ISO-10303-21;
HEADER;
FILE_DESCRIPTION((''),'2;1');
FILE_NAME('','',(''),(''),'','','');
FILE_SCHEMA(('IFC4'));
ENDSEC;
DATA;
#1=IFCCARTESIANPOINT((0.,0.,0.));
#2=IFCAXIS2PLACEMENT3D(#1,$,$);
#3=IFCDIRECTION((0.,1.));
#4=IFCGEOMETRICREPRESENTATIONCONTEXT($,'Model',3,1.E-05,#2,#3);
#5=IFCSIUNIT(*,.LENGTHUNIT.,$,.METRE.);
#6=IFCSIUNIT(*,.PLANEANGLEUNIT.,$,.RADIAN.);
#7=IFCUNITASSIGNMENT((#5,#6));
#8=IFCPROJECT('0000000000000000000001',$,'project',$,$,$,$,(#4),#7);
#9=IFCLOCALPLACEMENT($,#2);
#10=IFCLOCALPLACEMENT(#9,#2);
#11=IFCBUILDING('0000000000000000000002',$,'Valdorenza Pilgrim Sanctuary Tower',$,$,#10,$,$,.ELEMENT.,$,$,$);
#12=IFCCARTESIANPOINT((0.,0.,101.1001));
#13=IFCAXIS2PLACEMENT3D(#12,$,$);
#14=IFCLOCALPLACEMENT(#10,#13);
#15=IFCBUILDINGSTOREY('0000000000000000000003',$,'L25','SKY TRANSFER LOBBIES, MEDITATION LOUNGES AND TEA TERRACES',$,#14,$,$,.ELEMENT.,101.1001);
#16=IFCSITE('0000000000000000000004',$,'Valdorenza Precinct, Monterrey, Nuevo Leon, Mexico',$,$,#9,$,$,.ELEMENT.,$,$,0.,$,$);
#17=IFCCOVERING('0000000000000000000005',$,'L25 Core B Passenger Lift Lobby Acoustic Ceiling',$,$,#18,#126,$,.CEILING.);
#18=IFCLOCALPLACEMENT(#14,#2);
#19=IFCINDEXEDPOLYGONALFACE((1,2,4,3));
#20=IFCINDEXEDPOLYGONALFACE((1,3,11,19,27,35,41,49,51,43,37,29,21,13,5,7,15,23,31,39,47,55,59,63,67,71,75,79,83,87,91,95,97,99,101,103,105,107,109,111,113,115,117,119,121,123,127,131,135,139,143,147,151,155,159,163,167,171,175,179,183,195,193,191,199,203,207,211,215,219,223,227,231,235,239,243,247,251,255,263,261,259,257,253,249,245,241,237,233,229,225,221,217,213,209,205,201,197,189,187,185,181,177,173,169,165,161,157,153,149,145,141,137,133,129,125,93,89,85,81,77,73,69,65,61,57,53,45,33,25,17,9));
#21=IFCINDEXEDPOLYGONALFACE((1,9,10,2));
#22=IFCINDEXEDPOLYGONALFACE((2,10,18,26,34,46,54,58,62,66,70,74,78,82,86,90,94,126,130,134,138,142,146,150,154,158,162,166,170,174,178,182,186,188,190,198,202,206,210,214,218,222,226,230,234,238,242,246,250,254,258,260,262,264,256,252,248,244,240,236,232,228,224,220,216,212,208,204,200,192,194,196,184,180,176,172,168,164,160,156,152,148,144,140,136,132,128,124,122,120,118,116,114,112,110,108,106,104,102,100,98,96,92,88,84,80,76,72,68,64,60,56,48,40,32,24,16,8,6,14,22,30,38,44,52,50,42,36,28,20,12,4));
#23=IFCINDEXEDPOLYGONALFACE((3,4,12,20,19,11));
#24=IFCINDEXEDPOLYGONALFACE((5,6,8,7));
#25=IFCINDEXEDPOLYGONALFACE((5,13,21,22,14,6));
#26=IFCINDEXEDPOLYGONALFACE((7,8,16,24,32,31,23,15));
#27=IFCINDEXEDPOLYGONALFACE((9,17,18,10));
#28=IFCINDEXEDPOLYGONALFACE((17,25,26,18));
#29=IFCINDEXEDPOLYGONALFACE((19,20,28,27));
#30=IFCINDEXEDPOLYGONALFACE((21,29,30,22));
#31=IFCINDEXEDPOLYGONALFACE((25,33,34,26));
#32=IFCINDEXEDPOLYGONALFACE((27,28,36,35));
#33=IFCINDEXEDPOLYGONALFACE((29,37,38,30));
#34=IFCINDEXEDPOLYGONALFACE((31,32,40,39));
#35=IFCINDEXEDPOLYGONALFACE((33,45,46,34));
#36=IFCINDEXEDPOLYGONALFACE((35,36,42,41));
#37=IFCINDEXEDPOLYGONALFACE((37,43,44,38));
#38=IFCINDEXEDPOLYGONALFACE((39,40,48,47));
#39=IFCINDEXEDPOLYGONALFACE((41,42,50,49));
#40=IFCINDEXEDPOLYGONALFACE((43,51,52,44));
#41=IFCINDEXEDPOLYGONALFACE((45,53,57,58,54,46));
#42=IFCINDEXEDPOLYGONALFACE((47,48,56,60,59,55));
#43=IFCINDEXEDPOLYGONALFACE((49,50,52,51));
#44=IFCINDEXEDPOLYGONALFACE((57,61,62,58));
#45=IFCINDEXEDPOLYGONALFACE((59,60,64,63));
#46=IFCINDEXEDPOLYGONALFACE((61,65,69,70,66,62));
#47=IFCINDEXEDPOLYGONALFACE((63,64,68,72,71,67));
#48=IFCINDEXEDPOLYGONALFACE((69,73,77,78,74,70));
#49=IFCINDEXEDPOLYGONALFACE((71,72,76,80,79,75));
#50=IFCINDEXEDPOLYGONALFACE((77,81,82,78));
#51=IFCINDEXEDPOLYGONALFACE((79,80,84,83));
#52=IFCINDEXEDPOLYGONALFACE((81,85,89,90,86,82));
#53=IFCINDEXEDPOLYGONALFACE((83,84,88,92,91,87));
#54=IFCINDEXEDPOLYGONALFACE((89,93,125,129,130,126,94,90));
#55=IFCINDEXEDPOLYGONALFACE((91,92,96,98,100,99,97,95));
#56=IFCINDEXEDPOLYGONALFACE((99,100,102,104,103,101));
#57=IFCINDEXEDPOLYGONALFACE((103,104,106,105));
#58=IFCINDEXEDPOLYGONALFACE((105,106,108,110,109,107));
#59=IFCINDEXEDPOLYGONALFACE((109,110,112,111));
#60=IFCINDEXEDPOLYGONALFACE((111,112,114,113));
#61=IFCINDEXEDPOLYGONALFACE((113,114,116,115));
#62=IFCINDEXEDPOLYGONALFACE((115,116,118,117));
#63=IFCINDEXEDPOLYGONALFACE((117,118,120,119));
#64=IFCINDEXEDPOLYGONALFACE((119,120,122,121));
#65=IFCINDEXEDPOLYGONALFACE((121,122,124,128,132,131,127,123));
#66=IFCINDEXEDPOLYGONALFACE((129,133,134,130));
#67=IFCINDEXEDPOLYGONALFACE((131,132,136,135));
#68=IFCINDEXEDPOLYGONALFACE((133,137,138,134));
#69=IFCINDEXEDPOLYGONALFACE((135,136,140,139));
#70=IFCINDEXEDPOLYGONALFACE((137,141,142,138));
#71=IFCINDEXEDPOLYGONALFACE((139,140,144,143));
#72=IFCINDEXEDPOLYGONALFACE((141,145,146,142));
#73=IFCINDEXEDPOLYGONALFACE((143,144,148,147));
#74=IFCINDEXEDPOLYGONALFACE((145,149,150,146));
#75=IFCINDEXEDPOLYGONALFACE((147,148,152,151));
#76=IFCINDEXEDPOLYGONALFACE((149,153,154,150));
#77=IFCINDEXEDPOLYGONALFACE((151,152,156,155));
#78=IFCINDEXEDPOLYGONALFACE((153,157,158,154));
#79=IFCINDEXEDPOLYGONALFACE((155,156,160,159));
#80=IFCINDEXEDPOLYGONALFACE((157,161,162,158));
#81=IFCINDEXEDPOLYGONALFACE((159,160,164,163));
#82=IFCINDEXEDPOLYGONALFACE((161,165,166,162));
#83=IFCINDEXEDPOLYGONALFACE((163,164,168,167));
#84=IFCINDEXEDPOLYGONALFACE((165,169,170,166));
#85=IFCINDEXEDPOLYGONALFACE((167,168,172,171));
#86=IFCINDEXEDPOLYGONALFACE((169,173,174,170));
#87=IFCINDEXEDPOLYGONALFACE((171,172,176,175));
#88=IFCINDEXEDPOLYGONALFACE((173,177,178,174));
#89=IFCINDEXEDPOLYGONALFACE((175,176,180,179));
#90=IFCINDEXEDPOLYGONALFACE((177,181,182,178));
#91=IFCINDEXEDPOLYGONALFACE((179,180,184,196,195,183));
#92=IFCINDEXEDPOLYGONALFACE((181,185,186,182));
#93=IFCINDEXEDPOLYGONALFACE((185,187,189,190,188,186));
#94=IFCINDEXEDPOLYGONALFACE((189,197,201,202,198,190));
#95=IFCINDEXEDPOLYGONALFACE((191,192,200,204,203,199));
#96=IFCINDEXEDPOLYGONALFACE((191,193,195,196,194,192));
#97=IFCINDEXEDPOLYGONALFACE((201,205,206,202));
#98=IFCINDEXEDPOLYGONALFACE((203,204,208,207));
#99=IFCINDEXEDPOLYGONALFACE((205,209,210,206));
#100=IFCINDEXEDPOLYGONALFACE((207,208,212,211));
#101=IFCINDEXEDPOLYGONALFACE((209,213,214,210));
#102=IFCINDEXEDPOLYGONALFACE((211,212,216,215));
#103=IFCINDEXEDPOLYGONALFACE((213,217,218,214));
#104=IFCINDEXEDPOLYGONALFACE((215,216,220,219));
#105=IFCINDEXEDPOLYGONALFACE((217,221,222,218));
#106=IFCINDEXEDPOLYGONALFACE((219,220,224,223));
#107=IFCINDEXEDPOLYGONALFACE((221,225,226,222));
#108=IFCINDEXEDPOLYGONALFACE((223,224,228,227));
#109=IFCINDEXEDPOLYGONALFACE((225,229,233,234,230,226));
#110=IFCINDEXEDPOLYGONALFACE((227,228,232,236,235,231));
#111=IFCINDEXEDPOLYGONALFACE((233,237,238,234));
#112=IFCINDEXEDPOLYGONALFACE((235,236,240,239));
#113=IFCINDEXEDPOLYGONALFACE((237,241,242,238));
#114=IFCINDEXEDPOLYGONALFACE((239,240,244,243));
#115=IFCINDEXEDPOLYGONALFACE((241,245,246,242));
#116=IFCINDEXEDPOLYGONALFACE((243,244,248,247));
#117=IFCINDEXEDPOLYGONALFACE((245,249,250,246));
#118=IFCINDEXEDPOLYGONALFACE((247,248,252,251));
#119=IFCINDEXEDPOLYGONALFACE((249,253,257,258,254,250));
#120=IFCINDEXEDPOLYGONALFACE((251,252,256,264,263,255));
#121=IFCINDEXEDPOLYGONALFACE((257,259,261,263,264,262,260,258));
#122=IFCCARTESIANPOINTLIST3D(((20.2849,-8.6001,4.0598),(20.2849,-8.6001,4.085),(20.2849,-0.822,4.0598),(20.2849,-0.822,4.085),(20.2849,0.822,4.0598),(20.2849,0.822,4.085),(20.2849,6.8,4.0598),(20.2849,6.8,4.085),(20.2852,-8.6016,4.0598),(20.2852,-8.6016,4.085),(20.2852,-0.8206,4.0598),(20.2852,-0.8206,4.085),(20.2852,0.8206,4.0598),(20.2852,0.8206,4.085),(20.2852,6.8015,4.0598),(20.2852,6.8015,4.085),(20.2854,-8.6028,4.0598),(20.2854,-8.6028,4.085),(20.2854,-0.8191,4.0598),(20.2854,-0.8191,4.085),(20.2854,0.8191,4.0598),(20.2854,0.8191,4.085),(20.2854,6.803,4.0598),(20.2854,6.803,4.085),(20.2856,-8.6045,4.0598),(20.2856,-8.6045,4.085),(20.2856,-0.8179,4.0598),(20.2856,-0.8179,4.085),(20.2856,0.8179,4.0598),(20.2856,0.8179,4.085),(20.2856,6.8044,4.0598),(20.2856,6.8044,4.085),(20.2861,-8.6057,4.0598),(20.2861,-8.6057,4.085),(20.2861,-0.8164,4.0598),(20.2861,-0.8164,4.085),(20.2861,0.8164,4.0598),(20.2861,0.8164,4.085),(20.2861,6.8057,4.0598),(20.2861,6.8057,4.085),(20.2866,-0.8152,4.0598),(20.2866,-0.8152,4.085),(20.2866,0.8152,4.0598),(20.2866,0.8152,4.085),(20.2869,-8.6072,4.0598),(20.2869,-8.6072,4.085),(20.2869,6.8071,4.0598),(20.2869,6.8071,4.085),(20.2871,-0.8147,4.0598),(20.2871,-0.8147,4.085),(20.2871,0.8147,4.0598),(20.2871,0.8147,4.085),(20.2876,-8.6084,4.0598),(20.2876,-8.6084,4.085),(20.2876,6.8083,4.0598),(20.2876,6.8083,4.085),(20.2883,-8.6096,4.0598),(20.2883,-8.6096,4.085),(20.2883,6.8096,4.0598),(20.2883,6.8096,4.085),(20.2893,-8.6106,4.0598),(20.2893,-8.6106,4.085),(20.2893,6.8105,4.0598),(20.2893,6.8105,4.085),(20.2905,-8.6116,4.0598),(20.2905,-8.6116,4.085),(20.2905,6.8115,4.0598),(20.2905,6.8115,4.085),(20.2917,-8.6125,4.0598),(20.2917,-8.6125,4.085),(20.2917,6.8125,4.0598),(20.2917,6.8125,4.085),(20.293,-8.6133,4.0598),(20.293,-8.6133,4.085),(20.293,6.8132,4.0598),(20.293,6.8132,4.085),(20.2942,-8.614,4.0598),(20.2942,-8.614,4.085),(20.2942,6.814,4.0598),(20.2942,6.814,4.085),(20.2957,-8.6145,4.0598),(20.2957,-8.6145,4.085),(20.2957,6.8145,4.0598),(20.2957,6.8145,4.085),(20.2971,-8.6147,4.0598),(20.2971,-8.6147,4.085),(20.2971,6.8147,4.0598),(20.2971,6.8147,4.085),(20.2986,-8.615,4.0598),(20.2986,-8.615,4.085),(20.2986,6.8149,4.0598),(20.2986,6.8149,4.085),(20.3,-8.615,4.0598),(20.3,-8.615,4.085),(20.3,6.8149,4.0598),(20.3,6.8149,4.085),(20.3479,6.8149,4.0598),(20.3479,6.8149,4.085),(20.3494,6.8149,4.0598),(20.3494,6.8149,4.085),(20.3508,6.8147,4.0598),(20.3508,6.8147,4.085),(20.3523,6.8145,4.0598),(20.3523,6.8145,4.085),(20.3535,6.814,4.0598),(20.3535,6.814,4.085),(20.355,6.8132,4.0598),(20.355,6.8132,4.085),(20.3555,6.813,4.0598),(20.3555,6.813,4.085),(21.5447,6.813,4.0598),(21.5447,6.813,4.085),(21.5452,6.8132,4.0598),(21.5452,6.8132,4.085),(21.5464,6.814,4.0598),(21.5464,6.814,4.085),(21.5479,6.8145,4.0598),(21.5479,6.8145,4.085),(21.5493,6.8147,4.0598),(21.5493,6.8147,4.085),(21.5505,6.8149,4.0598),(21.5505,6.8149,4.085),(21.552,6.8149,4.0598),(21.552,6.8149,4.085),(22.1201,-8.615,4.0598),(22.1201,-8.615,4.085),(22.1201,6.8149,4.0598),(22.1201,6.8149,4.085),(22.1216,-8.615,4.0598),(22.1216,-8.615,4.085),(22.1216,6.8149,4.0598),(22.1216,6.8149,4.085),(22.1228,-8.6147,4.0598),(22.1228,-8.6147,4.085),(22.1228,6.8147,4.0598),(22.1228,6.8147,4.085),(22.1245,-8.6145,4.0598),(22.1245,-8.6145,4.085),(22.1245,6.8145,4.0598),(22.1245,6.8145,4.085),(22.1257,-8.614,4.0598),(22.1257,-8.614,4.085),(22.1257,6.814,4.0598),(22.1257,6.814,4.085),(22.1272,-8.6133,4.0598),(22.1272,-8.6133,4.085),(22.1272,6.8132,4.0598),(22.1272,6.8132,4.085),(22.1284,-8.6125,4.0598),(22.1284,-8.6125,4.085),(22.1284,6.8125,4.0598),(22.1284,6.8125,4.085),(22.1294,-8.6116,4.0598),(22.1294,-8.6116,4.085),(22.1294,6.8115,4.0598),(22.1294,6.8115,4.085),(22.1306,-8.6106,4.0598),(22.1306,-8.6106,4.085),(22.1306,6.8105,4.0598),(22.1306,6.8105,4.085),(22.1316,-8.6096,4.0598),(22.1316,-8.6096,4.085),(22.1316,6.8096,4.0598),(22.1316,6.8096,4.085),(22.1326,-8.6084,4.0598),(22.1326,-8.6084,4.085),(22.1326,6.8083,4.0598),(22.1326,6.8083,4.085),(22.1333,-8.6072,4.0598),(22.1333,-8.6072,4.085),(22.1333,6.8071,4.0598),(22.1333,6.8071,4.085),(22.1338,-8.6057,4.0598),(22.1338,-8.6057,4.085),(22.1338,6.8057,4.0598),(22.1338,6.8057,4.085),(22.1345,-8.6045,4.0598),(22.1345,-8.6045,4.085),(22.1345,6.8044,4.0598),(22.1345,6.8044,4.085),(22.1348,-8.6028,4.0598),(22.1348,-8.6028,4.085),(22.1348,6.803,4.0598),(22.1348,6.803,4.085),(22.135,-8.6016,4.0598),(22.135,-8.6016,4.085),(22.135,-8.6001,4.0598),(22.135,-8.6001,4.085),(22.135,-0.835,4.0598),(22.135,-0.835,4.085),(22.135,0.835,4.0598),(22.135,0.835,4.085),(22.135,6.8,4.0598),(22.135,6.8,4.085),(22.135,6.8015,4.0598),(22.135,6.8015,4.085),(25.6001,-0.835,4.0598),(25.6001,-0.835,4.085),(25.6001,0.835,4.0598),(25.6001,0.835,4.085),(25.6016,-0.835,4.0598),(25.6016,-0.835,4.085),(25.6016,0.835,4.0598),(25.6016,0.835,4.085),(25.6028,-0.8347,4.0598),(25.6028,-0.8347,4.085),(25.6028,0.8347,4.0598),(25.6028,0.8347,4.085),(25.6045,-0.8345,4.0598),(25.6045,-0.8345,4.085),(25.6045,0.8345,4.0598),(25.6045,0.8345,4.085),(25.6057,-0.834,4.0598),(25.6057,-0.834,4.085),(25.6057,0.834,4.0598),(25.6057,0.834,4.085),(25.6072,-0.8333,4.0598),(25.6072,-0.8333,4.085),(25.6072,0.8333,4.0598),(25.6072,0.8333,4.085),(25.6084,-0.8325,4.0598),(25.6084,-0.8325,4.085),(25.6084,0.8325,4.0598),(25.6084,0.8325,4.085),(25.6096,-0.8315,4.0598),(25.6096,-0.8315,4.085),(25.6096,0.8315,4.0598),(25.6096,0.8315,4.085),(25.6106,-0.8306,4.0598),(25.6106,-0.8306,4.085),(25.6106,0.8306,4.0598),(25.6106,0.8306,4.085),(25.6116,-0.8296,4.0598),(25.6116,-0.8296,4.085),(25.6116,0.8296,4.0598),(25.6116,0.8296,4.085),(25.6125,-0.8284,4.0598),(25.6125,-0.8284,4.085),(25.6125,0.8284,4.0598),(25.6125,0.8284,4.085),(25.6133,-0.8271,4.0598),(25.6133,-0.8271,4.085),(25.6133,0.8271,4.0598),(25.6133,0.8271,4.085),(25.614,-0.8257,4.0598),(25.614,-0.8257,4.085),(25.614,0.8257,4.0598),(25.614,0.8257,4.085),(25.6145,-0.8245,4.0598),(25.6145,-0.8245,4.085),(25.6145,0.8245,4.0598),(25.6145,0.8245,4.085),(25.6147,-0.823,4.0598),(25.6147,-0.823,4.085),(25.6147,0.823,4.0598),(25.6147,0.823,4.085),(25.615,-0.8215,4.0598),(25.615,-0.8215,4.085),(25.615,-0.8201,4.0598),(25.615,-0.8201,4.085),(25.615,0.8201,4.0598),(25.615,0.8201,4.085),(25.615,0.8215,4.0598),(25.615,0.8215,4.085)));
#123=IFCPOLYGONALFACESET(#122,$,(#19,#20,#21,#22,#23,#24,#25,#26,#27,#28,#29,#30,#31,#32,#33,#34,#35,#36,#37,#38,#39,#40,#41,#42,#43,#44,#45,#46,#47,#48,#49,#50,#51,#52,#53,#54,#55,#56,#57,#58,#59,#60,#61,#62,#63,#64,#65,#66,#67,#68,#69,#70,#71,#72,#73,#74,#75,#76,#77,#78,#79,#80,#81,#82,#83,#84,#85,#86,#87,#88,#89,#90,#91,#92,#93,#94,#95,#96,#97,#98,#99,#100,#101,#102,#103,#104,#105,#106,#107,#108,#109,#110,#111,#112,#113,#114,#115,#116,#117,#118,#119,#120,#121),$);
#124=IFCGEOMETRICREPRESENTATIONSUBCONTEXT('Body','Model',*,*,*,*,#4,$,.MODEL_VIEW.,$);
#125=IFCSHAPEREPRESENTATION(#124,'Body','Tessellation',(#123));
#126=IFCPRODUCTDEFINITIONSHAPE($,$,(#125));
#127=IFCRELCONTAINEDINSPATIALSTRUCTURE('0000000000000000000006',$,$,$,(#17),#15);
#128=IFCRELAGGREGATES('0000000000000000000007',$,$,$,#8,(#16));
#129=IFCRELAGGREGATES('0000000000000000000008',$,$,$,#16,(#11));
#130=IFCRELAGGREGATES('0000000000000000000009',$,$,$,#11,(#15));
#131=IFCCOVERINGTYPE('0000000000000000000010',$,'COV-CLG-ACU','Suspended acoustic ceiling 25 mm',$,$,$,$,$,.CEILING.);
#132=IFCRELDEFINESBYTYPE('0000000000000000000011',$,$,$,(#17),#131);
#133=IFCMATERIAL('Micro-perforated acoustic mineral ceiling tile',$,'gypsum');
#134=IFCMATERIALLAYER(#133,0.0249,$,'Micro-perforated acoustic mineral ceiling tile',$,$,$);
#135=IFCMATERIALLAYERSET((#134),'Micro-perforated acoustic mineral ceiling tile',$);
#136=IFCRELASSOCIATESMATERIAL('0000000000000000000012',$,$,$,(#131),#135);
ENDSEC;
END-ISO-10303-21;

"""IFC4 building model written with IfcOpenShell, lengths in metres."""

from ifc_helpers import new_model, si_unit, direction, frame, origin, place, context, subcontext, project, spatial, polyline, outline, extrude, material, layer, layer_set, type_object, element, save


model = new_model("IFC4")

# Units and contexts
model_context = context("Model", 3, precision=1e-05, world=origin(), true_north=direction((0.0, 1.0)))
body_context = subcontext(model_context, "Body", "Model", "MODEL_VIEW")
ifc_project = project(units=[si_unit("LENGTHUNIT", "METRE"), si_unit("PLANEANGLEUNIT", "RADIAN")], contexts=[model_context])

# Site, building, storey
site_placement = place(None, origin())
site = spatial("IfcSite", under=ifc_project, at=site_placement, Name="Valdorenza Precinct, Monterrey, Nuevo Leon, Mexico", CompositionType="ELEMENT", RefElevation=0.0)
building_placement = place(site_placement, origin())
building = spatial("IfcBuilding", under=site, at=building_placement, Name="Valdorenza Pilgrim Sanctuary Tower", CompositionType="ELEMENT")
storey_placement = place(building_placement, frame((0.0, 0.0, 101.1001)))
storey = spatial("IfcBuildingStorey", under=building, at=storey_placement, Name="L25", Description="SKY TRANSFER LOBBIES, MEDITATION LOUNGES AND TEA TERRACES", CompositionType="ELEMENT", Elevation=101.1001)

# Covering
ifc_material_1 = material(Name="Micro-perforated acoustic mineral ceiling tile", Category="gypsum")
ifc_layer_1 = layer(ifc_material_1, 0.0249, Name="Micro-perforated acoustic mineral ceiling tile")
ifc_layer_set_1 = layer_set([ifc_layer_1], Name="Micro-perforated acoustic mineral ceiling tile")
covering_type_1 = type_object("IfcCoveringType", Name="COV-CLG-ACU", Description="Suspended acoustic ceiling 25 mm", PredefinedType="CEILING", material=ifc_layer_set_1)
covering_1_placement = place(storey_placement, frame((0.0, 0.0, 4.0598)))
element("IfcCovering", 1, at=covering_1_placement, inside=storey, type_object=covering_type_1, Name="L25 Core B Passenger Lift Lobby Acoustic Ceiling", PredefinedType="CEILING", context=body_context, shape_type="SweptSolid", body=[
    extrude(outline(polyline([(20.2871, -0.8147), (20.2871, 0.8147), (20.2866, 0.8152), (20.2861, 0.8164), (20.2856, 0.8179), (20.2854, 0.8191), (20.2852, 0.8206), (20.2849, 0.822), (20.2849, 6.8), (20.2852, 6.8015), (20.2854, 6.803), (20.2856, 6.8044), (20.2861, 6.8057), (20.2869, 6.8071), (20.2876, 6.8083), (20.2883, 6.8096), (20.2893, 6.8105), (20.2905, 6.8115), (20.2917, 6.8125), (20.293, 6.8132), (20.2942, 6.814), (20.2957, 6.8145), (20.2971, 6.8147), (20.2986, 6.8149), (20.3, 6.8149), (20.3479, 6.8149), (20.3494, 6.8149), (20.3508, 6.8147), (20.3523, 6.8145), (20.3535, 6.814), (20.355, 6.8132), (20.3555, 6.813), (21.5447, 6.813), (21.5452, 6.8132), (21.5464, 6.814), (21.5479, 6.8145), (21.5493, 6.8147), (21.5505, 6.8149), (21.552, 6.8149), (22.1201, 6.8149), (22.1216, 6.8149), (22.1228, 6.8147), (22.1245, 6.8145), (22.1257, 6.814), (22.1272, 6.8132), (22.1284, 6.8125), (22.1294, 6.8115), (22.1306, 6.8105), (22.1316, 6.8096), (22.1326, 6.8083), (22.1333, 6.8071), (22.1338, 6.8057), (22.1345, 6.8044), (22.1348, 6.803), (22.135, 6.8015), (22.135, 6.8), (22.135, 0.835), (25.6001, 0.835), (25.6016, 0.835), (25.6028, 0.8347), (25.6045, 0.8345), (25.6057, 0.834), (25.6072, 0.8333), (25.6084, 0.8325), (25.6096, 0.8315), (25.6106, 0.8306), (25.6116, 0.8296), (25.6125, 0.8284), (25.6133, 0.8271), (25.614, 0.8257), (25.6145, 0.8245), (25.6147, 0.823), (25.615, 0.8215), (25.615, 0.8201), (25.615, -0.8201), (25.615, -0.8215), (25.6147, -0.823), (25.6145, -0.8245), (25.614, -0.8257), (25.6133, -0.8271), (25.6125, -0.8284), (25.6116, -0.8296), (25.6106, -0.8306), (25.6096, -0.8315), (25.6084, -0.8325), (25.6072, -0.8333), (25.6057, -0.834), (25.6045, -0.8345), (25.6028, -0.8347), (25.6016, -0.835), (25.6001, -0.835), (22.135, -0.835), (22.135, -8.6001), (22.135, -8.6016), (22.1348, -8.6028), (22.1345, -8.6045), (22.1338, -8.6057), (22.1333, -8.6072), (22.1326, -8.6084), (22.1316, -8.6096), (22.1306, -8.6106), (22.1294, -8.6116), (22.1284, -8.6125), (22.1272, -8.6133), (22.1257, -8.614), (22.1245, -8.6145), (22.1228, -8.6147), (22.1216, -8.615), (22.1201, -8.615), (20.3, -8.615), (20.2986, -8.615), (20.2971, -8.6147), (20.2957, -8.6145), (20.2942, -8.614), (20.293, -8.6133), (20.2917, -8.6125), (20.2905, -8.6116), (20.2893, -8.6106), (20.2883, -8.6096), (20.2876, -8.6084), (20.2869, -8.6072), (20.2861, -8.6057), (20.2856, -8.6045), (20.2854, -8.6028), (20.2852, -8.6016), (20.2849, -8.6001), (20.2849, -0.822), (20.2852, -0.8206), (20.2854, -0.8191), (20.2856, -0.8179), (20.2861, -0.8164), (20.2866, -0.8152), (20.2871, -0.8147)])), origin(), (0.0, 0.0, 1.0), 0.0251),
])

save(model, "model.ifc")
